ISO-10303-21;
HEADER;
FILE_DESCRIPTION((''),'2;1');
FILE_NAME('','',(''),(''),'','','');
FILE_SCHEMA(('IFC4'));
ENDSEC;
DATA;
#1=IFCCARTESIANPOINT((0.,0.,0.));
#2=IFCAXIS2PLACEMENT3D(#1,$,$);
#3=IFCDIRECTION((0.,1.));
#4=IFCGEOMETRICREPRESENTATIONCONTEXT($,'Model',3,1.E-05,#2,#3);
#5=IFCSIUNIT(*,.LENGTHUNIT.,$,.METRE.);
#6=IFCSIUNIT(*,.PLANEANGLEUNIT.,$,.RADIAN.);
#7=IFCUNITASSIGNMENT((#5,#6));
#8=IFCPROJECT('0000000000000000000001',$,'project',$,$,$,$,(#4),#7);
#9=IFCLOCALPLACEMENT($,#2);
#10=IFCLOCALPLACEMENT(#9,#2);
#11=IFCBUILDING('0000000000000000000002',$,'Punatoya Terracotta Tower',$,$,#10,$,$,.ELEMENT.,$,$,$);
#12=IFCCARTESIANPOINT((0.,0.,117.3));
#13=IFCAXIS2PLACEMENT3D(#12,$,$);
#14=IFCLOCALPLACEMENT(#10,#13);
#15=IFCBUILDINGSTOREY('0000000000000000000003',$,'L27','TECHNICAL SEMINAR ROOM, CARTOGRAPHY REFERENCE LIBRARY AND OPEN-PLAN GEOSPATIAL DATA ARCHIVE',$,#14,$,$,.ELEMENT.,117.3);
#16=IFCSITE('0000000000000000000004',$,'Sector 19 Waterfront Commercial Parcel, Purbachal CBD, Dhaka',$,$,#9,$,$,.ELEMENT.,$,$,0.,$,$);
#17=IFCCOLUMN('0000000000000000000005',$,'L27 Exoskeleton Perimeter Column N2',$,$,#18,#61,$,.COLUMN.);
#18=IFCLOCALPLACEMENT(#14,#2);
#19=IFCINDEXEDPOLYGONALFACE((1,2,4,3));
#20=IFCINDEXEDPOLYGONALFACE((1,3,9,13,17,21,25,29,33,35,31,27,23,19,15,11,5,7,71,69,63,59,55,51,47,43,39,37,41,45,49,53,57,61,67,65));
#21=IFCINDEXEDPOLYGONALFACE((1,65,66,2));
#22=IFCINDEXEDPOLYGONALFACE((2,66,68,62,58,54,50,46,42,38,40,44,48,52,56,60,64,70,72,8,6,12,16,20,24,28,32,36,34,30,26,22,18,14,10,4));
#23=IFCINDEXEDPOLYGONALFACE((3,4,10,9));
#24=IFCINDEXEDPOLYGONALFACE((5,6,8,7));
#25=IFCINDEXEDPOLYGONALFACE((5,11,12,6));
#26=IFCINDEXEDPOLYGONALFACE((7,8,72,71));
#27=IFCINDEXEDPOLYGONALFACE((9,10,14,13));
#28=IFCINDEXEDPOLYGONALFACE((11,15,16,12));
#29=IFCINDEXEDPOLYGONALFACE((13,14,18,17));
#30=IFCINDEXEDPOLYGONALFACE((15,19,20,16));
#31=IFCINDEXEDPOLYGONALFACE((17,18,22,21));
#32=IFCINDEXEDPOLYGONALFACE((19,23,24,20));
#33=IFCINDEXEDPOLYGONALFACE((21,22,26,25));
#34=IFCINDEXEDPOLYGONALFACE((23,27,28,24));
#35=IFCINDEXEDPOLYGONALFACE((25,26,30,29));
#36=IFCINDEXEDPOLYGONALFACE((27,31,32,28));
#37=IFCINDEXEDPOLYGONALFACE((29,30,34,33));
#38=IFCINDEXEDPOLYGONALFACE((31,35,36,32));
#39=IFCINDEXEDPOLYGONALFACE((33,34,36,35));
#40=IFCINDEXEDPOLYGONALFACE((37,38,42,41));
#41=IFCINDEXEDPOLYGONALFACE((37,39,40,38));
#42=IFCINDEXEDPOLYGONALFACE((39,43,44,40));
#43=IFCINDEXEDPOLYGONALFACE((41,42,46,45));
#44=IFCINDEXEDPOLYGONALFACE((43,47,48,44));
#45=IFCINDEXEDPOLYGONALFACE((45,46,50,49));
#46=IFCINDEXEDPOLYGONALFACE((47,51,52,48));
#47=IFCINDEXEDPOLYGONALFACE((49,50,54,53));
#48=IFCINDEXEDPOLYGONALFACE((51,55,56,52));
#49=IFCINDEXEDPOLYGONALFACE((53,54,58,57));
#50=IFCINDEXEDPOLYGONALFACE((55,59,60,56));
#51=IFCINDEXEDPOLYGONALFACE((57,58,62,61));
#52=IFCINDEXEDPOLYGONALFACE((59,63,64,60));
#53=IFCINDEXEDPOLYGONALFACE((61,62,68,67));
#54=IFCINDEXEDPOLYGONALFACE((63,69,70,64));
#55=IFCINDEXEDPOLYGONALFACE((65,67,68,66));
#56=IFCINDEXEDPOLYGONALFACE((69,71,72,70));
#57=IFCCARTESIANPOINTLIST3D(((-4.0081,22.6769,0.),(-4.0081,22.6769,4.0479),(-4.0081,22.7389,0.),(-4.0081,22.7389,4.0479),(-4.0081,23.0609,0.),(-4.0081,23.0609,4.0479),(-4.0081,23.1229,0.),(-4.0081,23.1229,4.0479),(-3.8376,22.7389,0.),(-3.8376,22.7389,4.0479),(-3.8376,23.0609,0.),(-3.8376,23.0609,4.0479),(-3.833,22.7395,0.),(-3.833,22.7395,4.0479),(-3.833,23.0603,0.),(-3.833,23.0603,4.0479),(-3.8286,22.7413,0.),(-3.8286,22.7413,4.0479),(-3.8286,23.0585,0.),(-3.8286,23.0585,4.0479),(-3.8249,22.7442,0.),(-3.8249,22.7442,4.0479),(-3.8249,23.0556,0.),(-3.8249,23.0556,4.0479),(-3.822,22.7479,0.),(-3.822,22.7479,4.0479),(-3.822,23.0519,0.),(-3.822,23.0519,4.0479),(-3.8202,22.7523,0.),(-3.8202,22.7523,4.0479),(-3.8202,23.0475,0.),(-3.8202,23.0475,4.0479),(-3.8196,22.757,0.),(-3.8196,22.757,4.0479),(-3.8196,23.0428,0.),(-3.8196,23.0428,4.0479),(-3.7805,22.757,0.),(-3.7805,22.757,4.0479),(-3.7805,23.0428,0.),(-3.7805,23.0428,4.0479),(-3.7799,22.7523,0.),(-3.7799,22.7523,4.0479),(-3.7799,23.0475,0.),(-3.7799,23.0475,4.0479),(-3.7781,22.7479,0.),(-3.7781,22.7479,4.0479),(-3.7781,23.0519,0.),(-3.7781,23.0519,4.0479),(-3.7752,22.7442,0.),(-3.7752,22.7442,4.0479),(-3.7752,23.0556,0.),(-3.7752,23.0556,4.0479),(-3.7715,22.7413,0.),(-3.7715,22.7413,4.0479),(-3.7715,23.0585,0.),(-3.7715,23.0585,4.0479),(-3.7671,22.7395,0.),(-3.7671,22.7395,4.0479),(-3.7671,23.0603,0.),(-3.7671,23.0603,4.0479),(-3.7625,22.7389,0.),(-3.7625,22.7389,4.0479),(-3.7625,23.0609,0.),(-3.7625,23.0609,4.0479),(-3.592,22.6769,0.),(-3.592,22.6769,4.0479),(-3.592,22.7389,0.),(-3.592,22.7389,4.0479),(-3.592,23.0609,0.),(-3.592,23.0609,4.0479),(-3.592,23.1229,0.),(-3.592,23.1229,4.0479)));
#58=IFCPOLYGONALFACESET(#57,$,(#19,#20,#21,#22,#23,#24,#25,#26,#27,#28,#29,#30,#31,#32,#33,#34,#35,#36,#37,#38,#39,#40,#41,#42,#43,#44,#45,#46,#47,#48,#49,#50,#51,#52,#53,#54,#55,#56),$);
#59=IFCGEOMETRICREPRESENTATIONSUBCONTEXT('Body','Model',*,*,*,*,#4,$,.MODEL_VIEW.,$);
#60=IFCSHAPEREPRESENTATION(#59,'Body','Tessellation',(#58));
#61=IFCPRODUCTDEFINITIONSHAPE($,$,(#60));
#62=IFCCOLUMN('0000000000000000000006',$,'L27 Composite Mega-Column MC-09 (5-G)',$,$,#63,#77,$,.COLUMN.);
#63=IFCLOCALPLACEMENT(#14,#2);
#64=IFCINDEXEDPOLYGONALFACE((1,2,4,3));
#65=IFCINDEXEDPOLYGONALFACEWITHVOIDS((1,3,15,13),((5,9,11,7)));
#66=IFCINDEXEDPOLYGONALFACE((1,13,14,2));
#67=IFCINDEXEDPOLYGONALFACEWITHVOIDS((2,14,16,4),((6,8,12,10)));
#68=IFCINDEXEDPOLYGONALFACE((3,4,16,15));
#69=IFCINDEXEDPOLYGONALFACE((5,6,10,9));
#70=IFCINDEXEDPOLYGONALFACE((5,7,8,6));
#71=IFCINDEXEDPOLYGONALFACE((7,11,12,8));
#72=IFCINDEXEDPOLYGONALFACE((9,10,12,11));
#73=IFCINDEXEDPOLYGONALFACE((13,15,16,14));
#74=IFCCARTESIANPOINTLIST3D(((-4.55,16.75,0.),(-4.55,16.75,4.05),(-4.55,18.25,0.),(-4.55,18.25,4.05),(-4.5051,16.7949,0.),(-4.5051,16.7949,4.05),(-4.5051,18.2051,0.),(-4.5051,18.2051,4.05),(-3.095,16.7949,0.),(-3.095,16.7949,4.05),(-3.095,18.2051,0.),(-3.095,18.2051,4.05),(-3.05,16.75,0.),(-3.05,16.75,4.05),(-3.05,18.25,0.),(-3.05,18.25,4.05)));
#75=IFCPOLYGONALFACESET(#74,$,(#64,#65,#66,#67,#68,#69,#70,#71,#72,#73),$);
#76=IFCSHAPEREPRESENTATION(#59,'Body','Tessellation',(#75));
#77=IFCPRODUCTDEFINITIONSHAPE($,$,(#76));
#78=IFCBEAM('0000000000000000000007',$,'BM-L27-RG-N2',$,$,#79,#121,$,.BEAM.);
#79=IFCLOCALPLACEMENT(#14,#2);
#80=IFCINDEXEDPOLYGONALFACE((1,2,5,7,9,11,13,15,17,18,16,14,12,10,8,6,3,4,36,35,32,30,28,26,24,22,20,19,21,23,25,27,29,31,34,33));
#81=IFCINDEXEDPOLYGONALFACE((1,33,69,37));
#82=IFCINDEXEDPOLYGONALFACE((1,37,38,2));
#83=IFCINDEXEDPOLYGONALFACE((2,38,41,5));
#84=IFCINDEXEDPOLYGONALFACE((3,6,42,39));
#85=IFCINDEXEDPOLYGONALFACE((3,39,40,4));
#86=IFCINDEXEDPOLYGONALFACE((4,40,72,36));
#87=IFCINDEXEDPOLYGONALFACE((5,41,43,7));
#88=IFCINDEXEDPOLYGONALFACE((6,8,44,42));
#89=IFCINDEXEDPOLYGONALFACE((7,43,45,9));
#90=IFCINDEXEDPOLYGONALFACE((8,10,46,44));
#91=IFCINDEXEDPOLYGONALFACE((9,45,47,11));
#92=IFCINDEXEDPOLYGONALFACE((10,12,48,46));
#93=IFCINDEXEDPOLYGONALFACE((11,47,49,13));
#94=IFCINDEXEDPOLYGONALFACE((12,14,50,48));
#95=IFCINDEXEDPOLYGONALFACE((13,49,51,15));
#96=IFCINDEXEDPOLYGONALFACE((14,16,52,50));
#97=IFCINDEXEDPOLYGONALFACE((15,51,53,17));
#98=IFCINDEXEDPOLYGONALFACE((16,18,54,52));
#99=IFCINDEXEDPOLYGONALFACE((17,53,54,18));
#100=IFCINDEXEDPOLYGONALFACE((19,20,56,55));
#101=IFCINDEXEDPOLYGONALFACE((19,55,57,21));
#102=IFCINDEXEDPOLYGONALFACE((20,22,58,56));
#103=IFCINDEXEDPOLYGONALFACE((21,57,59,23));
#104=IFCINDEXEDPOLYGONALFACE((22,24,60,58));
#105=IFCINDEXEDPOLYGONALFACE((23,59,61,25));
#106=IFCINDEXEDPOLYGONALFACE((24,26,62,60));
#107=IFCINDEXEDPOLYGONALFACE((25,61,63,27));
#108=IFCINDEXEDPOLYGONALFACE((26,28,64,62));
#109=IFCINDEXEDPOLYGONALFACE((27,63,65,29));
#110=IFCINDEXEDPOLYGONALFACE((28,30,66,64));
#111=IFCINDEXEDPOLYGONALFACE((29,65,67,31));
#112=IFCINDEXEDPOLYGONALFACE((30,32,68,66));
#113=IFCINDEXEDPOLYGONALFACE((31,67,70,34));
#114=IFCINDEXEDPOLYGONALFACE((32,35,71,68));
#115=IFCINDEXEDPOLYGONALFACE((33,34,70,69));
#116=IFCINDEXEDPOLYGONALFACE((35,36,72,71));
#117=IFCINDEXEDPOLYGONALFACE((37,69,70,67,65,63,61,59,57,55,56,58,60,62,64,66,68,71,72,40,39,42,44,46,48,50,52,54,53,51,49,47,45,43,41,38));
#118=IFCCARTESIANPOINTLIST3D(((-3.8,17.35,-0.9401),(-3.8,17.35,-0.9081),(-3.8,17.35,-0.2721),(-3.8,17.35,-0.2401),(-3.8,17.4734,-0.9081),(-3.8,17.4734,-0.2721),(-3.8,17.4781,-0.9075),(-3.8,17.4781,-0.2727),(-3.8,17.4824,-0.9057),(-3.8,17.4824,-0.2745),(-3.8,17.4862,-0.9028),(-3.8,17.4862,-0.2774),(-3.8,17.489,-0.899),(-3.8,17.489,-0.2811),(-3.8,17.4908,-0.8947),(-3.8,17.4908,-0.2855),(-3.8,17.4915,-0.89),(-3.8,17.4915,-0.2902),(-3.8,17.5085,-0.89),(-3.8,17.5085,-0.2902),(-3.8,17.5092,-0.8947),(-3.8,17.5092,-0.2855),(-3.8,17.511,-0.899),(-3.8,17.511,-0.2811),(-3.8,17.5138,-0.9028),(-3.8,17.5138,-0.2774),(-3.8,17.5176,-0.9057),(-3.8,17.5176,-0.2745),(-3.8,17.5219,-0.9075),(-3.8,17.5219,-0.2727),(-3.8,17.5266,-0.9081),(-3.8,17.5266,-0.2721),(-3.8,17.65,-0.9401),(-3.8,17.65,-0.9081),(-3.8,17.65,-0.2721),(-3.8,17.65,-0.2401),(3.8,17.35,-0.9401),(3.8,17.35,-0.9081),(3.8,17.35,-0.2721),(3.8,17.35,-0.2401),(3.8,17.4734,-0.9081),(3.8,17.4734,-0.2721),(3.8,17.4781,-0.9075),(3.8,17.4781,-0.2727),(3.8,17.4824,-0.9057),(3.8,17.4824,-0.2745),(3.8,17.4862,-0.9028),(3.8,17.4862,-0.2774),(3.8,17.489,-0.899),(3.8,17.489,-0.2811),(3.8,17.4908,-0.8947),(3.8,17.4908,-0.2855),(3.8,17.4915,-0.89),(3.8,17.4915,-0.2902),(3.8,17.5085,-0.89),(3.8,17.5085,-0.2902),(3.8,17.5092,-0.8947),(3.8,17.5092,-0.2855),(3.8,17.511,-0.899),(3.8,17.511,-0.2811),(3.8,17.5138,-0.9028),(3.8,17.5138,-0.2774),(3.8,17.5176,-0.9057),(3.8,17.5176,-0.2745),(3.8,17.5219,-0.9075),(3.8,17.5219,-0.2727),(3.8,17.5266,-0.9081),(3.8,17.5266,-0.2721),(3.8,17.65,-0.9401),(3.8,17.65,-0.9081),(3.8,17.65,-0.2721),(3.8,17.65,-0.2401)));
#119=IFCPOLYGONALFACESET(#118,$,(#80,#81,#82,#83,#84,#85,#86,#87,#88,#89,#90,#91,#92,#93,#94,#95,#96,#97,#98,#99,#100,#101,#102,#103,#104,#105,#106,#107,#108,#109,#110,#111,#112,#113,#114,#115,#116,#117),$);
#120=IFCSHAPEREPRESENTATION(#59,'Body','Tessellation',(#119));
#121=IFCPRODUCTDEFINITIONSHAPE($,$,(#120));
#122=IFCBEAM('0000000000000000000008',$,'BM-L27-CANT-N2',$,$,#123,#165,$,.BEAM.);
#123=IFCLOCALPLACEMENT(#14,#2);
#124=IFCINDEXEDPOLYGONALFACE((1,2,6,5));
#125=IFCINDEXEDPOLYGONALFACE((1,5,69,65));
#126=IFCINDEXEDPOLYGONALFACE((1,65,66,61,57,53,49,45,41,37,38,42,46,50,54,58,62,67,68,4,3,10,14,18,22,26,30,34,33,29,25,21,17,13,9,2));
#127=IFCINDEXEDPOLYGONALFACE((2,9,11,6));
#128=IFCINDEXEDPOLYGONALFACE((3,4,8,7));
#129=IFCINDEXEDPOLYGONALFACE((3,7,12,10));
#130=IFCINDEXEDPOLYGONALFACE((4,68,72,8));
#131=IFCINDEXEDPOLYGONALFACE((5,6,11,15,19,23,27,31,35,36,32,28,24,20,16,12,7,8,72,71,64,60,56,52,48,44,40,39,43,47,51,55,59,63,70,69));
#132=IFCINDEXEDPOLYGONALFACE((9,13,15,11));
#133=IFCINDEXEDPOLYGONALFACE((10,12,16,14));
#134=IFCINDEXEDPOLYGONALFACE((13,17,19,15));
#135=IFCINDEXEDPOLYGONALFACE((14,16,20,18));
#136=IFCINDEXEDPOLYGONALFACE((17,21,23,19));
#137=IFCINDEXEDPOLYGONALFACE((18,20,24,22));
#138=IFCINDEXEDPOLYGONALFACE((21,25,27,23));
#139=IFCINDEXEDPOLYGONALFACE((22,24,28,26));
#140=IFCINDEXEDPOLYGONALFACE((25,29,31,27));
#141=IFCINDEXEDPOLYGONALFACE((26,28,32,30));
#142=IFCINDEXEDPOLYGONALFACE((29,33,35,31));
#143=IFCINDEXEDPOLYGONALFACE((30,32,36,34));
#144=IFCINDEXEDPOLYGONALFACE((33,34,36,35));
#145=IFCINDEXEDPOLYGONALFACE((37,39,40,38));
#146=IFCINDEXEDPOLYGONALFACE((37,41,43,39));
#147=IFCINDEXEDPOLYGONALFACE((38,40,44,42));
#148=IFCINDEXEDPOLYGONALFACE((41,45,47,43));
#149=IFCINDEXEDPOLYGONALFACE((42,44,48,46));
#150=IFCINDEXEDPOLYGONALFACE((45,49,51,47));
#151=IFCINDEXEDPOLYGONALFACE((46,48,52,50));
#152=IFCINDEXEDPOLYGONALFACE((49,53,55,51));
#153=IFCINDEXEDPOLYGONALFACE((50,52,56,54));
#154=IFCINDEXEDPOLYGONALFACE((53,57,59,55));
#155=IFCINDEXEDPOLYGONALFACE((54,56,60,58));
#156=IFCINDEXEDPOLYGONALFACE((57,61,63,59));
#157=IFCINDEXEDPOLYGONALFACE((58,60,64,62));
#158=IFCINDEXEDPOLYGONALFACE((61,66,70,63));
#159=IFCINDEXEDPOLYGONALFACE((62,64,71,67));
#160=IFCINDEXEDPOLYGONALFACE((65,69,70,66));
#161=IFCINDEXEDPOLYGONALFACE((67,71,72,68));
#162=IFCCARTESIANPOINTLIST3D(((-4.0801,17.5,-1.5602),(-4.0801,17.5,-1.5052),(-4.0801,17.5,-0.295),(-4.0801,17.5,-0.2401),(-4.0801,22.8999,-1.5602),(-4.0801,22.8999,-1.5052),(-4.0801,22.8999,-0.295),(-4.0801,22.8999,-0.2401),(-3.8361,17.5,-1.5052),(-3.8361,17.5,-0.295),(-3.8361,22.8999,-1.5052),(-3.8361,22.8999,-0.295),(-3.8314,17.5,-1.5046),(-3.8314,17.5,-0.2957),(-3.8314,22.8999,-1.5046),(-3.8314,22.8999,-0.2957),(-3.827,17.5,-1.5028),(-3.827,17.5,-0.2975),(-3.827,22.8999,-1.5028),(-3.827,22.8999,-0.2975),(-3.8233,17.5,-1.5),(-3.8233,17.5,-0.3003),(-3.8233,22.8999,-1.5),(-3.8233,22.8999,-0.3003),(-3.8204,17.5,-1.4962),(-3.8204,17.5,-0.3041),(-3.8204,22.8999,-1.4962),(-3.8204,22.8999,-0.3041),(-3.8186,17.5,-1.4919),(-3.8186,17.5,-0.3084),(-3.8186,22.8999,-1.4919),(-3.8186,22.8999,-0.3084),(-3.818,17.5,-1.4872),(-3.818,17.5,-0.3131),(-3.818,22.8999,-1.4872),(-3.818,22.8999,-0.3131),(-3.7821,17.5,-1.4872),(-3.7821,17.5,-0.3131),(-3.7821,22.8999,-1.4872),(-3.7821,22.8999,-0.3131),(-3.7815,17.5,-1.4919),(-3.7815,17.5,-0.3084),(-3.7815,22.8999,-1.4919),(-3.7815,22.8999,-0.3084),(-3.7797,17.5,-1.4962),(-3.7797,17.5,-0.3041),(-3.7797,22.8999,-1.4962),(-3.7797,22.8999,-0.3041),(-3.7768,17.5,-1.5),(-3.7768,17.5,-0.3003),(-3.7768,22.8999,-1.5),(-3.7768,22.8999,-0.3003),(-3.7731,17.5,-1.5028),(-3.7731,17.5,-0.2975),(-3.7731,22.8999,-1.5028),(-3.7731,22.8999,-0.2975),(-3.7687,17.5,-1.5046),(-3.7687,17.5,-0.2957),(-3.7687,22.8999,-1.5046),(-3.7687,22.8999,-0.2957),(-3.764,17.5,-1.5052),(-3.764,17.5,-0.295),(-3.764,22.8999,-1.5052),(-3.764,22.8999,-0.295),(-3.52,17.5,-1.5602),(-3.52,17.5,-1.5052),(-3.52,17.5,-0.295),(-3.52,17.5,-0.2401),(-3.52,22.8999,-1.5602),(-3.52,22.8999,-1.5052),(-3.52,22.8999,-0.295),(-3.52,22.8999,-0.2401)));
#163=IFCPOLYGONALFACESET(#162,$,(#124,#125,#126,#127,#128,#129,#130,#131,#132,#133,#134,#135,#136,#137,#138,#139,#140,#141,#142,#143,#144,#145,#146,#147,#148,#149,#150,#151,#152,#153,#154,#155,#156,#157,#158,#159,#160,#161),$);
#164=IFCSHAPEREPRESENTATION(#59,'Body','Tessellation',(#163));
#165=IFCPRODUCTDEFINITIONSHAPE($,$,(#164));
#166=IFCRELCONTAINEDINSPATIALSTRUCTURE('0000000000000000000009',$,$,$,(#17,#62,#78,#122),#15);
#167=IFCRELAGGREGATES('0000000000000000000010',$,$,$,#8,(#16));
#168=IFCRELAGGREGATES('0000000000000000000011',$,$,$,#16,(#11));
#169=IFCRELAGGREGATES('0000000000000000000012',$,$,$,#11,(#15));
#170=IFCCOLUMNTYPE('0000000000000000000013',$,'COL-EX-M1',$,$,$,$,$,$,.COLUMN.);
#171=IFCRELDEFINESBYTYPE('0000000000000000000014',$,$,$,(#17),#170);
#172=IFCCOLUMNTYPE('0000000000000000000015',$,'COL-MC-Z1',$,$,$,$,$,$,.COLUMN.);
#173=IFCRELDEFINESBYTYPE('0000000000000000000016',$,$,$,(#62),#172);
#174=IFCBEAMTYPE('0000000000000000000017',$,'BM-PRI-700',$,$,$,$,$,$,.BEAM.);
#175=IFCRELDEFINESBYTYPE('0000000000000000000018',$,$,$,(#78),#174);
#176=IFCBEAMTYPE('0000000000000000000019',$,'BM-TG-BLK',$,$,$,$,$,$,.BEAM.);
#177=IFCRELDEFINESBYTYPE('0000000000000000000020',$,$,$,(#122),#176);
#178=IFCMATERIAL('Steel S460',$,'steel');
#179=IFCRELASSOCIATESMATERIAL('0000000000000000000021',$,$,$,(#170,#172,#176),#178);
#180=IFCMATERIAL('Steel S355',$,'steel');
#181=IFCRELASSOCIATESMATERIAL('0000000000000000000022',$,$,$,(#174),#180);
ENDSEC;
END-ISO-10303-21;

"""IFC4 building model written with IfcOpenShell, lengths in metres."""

from ifc_helpers import new_model, si_unit, direction, frame, origin, origin_2d, place, context, subcontext, project, spatial, hollow_rectangle, i_section, extrude, material, material_profile, profile_set, type_object, element, save


model = new_model("IFC4")

# Units and contexts
model_context = context("Model", 3, precision=1e-05, world=origin(), true_north=direction((0.0, 1.0)))
body_context = subcontext(model_context, "Body", "Model", "MODEL_VIEW")
ifc_project = project(units=[si_unit("LENGTHUNIT", "METRE"), si_unit("PLANEANGLEUNIT", "RADIAN")], contexts=[model_context])

# Site, building, storey
site_placement = place(None, origin())
site = spatial("IfcSite", under=ifc_project, at=site_placement, Name="Sector 19 Waterfront Commercial Parcel, Purbachal CBD, Dhaka", CompositionType="ELEMENT", RefElevation=0.0)
building_placement = place(site_placement, origin())
building = spatial("IfcBuilding", under=site, at=building_placement, Name="Punatoya Terracotta Tower", CompositionType="ELEMENT")
storey_placement = place(building_placement, frame((0.0, 0.0, 117.3)))
storey = spatial("IfcBuildingStorey", under=building, at=storey_placement, Name="L27", Description="TECHNICAL SEMINAR ROOM, CARTOGRAPHY REFERENCE LIBRARY AND OPEN-PLAN GEOSPATIAL DATA ARCHIVE", CompositionType="ELEMENT", Elevation=117.3)

# Columns
ifc_material_1 = material(Name="Steel S460", Category="steel")
ifc_material_profile_1 = material_profile(ifc_material_1, i_section(OverallWidth=0.416, OverallDepth=0.446, WebThickness=0.0391, FlangeThickness=0.062, FilletRadius=0.0181, at=origin_2d()))
ifc_profile_set_1 = profile_set([ifc_material_profile_1], Name="Steel S460")
column_type_1 = type_object("IfcColumnType", Name="COL-EX-M1", PredefinedType="COLUMN", material=ifc_profile_set_1)
column_1_placement = place(storey_placement, frame((-3.8, 22.8999, 0.0), z_axis=(0.0, 0.0, 1.0), x_axis=(1.0, 0.0, 0.0)))
element("IfcColumn", 1, at=column_1_placement, inside=storey, type_object=column_type_1, Name="L27 Exoskeleton Perimeter Column N2", PredefinedType="COLUMN", context=body_context, shape_type="SweptSolid", body=[
    extrude(i_section(OverallWidth=0.416, OverallDepth=0.446, WebThickness=0.0391, FlangeThickness=0.062, FilletRadius=0.0181, at=origin_2d()), origin(), (0.0, 0.0, 1.0), 4.0479),
])
ifc_material_profile_2 = material_profile(ifc_material_1, hollow_rectangle(XDim=1.5, YDim=1.5, WallThickness=0.0449, at=origin_2d()))
ifc_profile_set_2 = profile_set([ifc_material_profile_2], Name="Steel S460")
column_type_2 = type_object("IfcColumnType", Name="COL-MC-Z1", PredefinedType="COLUMN", material=ifc_profile_set_2)
column_2_placement = place(storey_placement, frame((-3.8, 17.5, 0.0), z_axis=(0.0, 0.0, 1.0), x_axis=(1.0, 0.0, 0.0)))
element("IfcColumn", 2, at=column_2_placement, inside=storey, type_object=column_type_2, Name="L27 Composite Mega-Column MC-09 (5-G)", PredefinedType="COLUMN", context=body_context, shape_type="SweptSolid", body=[
    extrude(hollow_rectangle(XDim=1.5, YDim=1.5, WallThickness=0.0449, at=origin_2d()), origin(), (0.0, 0.0, 1.0), 4.05),
])

# Beams
ifc_material_2 = material(Name="Steel S355", Category="steel")
ifc_material_profile_3 = material_profile(ifc_material_2, i_section(OverallWidth=0.3, OverallDepth=0.7, WebThickness=0.0171, FlangeThickness=0.032, FilletRadius=0.0181, at=origin_2d()))
ifc_profile_set_3 = profile_set([ifc_material_profile_3], Name="Steel S355")
beam_type_1 = type_object("IfcBeamType", Name="BM-PRI-700", PredefinedType="BEAM", material=ifc_profile_set_3)
beam_1_placement = place(storey_placement, frame((-3.8, 17.5, -0.5901), z_axis=(1.0, 0.0, 0.0), x_axis=(0.0, 1.0, 0.0)))
element("IfcBeam", 3, at=beam_1_placement, inside=storey, type_object=beam_type_1, Name="BM-L27-RG-N2", PredefinedType="BEAM", context=body_context, shape_type="SweptSolid", body=[
    extrude(i_section(OverallWidth=0.3, OverallDepth=0.7, WebThickness=0.0171, FlangeThickness=0.032, FilletRadius=0.0181, at=origin_2d()), origin(), (0.0, 0.0, 1.0), 7.6001),
])
ifc_material_profile_4 = material_profile(ifc_material_1, i_section(OverallWidth=0.5601, OverallDepth=1.3201, WebThickness=0.0359, FlangeThickness=0.0549, FilletRadius=0.0181, at=origin_2d()))
ifc_profile_set_4 = profile_set([ifc_material_profile_4], Name="Steel S460")
beam_type_2 = type_object("IfcBeamType", Name="BM-TG-BLK", PredefinedType="BEAM", material=ifc_profile_set_4)
beam_2_placement = place(storey_placement, frame((-3.8, 17.5, -0.9001), z_axis=(0.0, 1.0, 0.0), x_axis=(-1.0, 0.0, 0.0)))
element("IfcBeam", 4, at=beam_2_placement, inside=storey, type_object=beam_type_2, Name="BM-L27-CANT-N2", PredefinedType="BEAM", context=body_context, shape_type="SweptSolid", body=[
    extrude(i_section(OverallWidth=0.5601, OverallDepth=1.3201, WebThickness=0.0359, FlangeThickness=0.0549, FilletRadius=0.0181, at=origin_2d()), origin(), (0.0, 0.0, 1.0), 5.3999),
])

save(model, "model.ifc")
